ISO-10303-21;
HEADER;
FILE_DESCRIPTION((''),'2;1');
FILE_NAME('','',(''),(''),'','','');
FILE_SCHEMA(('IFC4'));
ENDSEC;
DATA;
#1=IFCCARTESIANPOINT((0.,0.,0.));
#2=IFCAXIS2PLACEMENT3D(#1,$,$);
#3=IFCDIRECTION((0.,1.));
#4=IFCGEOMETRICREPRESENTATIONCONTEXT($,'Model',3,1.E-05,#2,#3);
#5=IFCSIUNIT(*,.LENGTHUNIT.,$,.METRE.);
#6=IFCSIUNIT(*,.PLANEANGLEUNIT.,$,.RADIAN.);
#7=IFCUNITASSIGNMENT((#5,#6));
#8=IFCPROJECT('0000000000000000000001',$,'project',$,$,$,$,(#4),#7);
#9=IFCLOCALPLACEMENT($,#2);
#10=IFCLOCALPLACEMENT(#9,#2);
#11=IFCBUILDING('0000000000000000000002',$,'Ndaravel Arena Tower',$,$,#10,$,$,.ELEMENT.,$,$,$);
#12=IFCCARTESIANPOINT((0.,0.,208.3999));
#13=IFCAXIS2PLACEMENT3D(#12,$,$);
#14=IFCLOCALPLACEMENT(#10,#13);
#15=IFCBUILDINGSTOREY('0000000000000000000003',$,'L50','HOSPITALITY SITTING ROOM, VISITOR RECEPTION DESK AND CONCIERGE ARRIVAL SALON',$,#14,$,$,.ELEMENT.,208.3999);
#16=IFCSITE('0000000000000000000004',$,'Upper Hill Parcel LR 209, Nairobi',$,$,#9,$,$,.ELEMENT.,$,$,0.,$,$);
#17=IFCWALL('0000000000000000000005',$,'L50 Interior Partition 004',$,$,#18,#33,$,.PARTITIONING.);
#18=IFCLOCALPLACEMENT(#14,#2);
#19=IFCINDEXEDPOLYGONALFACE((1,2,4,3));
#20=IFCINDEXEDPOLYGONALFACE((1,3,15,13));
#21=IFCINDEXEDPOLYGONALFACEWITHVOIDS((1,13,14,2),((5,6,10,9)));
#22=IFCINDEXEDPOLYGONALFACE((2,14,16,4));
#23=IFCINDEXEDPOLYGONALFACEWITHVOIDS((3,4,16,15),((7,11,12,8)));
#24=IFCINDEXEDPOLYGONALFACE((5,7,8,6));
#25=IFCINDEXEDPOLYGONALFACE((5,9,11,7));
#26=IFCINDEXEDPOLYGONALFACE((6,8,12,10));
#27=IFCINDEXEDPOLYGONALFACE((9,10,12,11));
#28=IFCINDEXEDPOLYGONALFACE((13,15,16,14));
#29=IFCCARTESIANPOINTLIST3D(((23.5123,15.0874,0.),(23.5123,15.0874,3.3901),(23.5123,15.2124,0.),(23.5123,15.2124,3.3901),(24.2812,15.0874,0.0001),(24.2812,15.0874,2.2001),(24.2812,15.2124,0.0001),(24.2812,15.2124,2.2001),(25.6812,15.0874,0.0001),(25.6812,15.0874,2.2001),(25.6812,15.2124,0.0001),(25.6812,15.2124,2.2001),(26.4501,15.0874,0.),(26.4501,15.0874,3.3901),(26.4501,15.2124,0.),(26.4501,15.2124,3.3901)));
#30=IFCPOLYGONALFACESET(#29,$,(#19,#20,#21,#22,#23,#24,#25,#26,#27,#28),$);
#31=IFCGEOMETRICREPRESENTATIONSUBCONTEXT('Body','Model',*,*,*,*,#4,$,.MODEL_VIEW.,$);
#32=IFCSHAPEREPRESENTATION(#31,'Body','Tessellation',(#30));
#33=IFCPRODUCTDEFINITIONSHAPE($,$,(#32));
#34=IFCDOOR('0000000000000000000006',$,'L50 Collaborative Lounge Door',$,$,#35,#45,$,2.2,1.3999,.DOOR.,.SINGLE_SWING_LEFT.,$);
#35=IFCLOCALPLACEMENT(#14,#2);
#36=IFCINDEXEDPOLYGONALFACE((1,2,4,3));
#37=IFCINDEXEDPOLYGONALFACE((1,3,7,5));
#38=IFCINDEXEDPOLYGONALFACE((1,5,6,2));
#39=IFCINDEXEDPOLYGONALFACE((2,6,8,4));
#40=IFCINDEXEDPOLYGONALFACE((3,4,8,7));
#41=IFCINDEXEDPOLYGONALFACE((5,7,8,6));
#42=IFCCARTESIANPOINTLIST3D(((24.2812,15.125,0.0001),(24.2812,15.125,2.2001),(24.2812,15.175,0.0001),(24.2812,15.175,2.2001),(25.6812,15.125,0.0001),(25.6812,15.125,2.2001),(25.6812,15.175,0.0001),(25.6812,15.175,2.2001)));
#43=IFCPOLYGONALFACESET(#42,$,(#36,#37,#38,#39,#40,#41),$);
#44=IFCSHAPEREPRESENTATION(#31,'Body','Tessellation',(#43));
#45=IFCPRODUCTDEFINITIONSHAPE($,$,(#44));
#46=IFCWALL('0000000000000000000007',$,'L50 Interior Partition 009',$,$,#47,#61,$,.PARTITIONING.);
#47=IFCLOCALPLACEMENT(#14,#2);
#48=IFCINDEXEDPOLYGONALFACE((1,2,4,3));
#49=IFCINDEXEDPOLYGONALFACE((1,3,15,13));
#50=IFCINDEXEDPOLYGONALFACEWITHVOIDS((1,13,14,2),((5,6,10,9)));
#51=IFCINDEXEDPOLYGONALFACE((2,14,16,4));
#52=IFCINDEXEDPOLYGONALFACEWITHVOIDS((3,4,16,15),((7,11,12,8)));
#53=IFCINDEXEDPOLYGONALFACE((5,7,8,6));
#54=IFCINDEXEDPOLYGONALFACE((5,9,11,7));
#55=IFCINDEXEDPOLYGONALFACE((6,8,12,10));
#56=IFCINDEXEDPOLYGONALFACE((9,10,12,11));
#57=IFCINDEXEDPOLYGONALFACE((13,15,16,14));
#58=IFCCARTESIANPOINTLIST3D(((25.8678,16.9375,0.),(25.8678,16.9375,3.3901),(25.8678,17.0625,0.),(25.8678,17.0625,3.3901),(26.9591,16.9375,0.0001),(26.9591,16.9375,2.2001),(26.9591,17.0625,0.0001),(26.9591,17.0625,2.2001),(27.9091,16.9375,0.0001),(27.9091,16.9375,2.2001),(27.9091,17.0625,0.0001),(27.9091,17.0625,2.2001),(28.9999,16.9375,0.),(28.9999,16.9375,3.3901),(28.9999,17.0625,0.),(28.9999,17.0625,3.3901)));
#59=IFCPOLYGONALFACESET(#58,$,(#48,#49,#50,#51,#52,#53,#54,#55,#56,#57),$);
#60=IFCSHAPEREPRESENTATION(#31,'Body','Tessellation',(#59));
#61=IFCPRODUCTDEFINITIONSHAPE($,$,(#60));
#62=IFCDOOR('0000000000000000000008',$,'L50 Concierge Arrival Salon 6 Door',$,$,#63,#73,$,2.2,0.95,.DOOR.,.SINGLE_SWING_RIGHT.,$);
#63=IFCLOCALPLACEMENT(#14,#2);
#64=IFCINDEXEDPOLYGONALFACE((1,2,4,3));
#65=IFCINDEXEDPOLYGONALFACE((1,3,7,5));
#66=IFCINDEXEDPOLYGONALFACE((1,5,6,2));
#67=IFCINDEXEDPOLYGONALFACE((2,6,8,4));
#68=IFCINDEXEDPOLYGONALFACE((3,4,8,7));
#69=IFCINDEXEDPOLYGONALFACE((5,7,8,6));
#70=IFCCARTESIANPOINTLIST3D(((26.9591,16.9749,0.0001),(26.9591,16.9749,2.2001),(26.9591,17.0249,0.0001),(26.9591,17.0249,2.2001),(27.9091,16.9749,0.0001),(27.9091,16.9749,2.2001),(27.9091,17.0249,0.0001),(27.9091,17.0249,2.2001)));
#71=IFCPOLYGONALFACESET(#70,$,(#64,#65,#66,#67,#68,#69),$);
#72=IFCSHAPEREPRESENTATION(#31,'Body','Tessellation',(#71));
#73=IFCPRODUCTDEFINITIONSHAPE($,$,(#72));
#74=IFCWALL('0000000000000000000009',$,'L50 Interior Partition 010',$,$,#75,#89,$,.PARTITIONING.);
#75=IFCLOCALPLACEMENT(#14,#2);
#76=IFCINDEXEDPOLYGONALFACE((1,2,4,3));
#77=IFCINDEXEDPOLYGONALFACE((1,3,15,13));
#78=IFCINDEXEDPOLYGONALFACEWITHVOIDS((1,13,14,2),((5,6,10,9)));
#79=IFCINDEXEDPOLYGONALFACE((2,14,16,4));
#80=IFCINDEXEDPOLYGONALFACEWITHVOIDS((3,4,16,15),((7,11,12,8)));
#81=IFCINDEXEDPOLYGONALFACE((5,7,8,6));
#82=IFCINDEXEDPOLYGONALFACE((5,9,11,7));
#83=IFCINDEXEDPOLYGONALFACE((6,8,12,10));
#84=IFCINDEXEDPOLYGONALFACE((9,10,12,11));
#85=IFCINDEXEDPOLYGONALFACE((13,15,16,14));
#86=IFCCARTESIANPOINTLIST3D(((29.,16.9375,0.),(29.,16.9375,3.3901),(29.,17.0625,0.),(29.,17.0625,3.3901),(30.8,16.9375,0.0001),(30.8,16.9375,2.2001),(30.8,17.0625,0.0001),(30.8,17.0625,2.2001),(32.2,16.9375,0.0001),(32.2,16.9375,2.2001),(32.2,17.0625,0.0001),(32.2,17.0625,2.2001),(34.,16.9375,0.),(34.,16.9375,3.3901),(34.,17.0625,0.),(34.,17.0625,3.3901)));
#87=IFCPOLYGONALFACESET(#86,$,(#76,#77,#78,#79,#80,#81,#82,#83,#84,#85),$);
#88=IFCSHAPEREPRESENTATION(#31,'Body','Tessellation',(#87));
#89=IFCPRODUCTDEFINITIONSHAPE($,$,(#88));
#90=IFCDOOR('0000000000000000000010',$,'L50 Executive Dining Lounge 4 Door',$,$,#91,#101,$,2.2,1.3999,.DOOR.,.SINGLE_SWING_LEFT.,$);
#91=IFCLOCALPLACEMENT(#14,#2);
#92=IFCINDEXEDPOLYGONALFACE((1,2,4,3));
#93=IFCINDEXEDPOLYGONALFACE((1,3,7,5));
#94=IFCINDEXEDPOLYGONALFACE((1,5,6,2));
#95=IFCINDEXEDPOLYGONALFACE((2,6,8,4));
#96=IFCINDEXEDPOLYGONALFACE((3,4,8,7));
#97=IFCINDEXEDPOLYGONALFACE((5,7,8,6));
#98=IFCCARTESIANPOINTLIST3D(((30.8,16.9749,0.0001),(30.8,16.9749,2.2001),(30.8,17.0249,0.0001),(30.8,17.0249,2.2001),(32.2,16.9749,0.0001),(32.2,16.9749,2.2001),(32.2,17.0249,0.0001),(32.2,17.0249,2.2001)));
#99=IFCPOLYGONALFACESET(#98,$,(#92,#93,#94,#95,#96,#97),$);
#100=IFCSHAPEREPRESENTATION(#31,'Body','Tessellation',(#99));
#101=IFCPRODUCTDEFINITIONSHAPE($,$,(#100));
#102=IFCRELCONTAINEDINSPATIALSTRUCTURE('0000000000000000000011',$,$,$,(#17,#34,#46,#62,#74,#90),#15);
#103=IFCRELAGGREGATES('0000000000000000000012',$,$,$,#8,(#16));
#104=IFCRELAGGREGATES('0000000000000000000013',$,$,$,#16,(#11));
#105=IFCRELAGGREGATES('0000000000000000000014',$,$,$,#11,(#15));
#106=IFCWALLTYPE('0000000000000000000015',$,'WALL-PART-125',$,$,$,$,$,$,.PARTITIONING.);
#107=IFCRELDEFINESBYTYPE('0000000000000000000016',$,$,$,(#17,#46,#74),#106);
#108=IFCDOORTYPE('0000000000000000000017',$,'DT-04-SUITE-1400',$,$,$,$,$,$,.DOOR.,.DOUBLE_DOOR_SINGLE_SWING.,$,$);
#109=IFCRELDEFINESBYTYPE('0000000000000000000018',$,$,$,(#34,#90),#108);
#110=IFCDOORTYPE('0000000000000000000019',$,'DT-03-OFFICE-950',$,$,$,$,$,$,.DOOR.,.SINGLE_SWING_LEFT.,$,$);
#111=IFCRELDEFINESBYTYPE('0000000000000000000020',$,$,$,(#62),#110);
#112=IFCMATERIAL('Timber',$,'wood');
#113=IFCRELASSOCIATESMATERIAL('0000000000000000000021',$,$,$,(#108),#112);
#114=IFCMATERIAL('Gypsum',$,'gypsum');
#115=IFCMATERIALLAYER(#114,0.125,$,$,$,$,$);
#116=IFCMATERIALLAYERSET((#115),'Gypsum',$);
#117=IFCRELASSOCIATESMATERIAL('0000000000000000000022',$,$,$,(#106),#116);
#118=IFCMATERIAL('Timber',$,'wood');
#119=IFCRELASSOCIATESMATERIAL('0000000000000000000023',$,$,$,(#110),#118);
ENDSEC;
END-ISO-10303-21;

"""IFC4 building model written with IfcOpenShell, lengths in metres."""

from ifc_helpers import new_model, si_unit, direction, frame, frame_2d, origin, place, context, subcontext, project, spatial, rectangle, extrude, material, layer, layer_set, type_object, element, fill, save


model = new_model("IFC4")

# Units and contexts
model_context = context("Model", 3, precision=1e-05, world=origin(), true_north=direction((0.0, 1.0)))
body_context = subcontext(model_context, "Body", "Model", "MODEL_VIEW")
ifc_project = project(units=[si_unit("LENGTHUNIT", "METRE"), si_unit("PLANEANGLEUNIT", "RADIAN")], contexts=[model_context])

# Site, building, storey
site_placement = place(None, origin())
site = spatial("IfcSite", under=ifc_project, at=site_placement, Name="Upper Hill Parcel LR 209, Nairobi", CompositionType="ELEMENT", RefElevation=0.0)
building_placement = place(site_placement, origin())
building = spatial("IfcBuilding", under=site, at=building_placement, Name="Ndaravel Arena Tower", CompositionType="ELEMENT")
storey_placement = place(building_placement, frame((0.0, 0.0, 208.3999)))
storey = spatial("IfcBuildingStorey", under=building, at=storey_placement, Name="L50", Description="HOSPITALITY SITTING ROOM, VISITOR RECEPTION DESK AND CONCIERGE ARRIVAL SALON", CompositionType="ELEMENT", Elevation=208.3999)

# Shared definitions
ifc_material_1 = material(Name="Timber", Category="wood")
door_type_1 = type_object("IfcDoorType", Name="DT-04-SUITE-1400", OperationType="DOUBLE_DOOR_SINGLE_SWING", PredefinedType="DOOR", material=ifc_material_1)

# Walls, openings, doors
ifc_material_2 = material(Name="Gypsum", Category="gypsum")
ifc_layer_1 = layer(ifc_material_2, 0.125)
ifc_layer_set_1 = layer_set([ifc_layer_1], Name="Gypsum")
wall_type_1 = type_object("IfcWallType", Name="WALL-PART-125", PredefinedType="PARTITIONING", material=ifc_layer_set_1)
wall_1_placement = place(storey_placement, frame((26.45, 15.1499, 0.0), z_axis=(0.0, 0.0, 1.0), x_axis=(-1.0, 0.0, 0.0)))
wall_1 = element("IfcWall", 1, at=wall_1_placement, inside=storey, type_object=wall_type_1, Name="L50 Interior Partition 004", PredefinedType="PARTITIONING", context=body_context, shape_type="SweptSolid", body=[
    extrude(rectangle(XDim=2.9377, YDim=0.125, at=frame_2d((1.4688, 0.0))), origin(), (0.0, 0.0, 1.0), 3.3901),
])
opening_1_placement = place(wall_1_placement, frame((0.7688, 0.0, 0.0)))
opening_1 = element("IfcOpeningElement", 2, at=opening_1_placement, cuts=wall_1, PredefinedType="OPENING", context=body_context, shape_type="SweptSolid", body=[
    extrude(rectangle(XDim=1.3999, YDim=2.2, at=frame_2d((0.7, 1.1001))), frame((0.0, 0.0625, 0.0), z_axis=(0.0, -1.0, 0.0), x_axis=(1.0, 0.0, 0.0)), (0.0, 0.0, 1.0), 0.125),
])
door_1_placement = place(opening_1_placement, origin())
door_1 = element("IfcDoor", 3, at=door_1_placement, inside=storey, type_object=door_type_1, Name="L50 Collaborative Lounge Door", OperationType="SINGLE_SWING_LEFT", OverallHeight=2.2, OverallWidth=1.3999, PredefinedType="DOOR", context=body_context, shape_type="SweptSolid", body=[
    extrude(rectangle(XDim=1.3999, YDim=2.2, at=frame_2d((0.7, 1.1001))), frame((0.0, 0.0249, 0.0), z_axis=(0.0, -1.0, 0.0), x_axis=(1.0, 0.0, 0.0)), (0.0, 0.0, 1.0), 0.05),
])
fill(opening_1, door_1)
wall_2_placement = place(storey_placement, frame((25.8679, 17.0, 0.0), z_axis=(0.0, 0.0, 1.0), x_axis=(1.0, 0.0, 0.0)))
wall_2 = element("IfcWall", 4, at=wall_2_placement, inside=storey, type_object=wall_type_1, Name="L50 Interior Partition 009", PredefinedType="PARTITIONING", context=body_context, shape_type="SweptSolid", body=[
    extrude(rectangle(XDim=3.1321, YDim=0.125, at=frame_2d((1.5659, 0.0))), origin(), (0.0, 0.0, 1.0), 3.3901),
])
opening_2_placement = place(wall_2_placement, frame((1.0911, 0.0, 0.0)))
opening_2 = element("IfcOpeningElement", 5, at=opening_2_placement, cuts=wall_2, PredefinedType="OPENING", context=body_context, shape_type="SweptSolid", body=[
    extrude(rectangle(XDim=0.95, YDim=2.2, at=frame_2d((0.4751, 1.1001))), frame((0.0, 0.0625, 0.0), z_axis=(0.0, -1.0, 0.0), x_axis=(1.0, 0.0, 0.0)), (0.0, 0.0, 1.0), 0.125),
])
ifc_material_3 = material(Name="Timber", Category="wood")
door_type_2 = type_object("IfcDoorType", Name="DT-03-OFFICE-950", OperationType="SINGLE_SWING_LEFT", PredefinedType="DOOR", material=ifc_material_3)
door_2_placement = place(opening_2_placement, origin())
door_2 = element("IfcDoor", 6, at=door_2_placement, inside=storey, type_object=door_type_2, Name="L50 Concierge Arrival Salon 6 Door", OperationType="SINGLE_SWING_RIGHT", OverallHeight=2.2, OverallWidth=0.95, PredefinedType="DOOR", context=body_context, shape_type="SweptSolid", body=[
    extrude(rectangle(XDim=0.95, YDim=2.2, at=frame_2d((0.4751, 1.1001))), frame((0.0, 0.0249, 0.0), z_axis=(0.0, -1.0, 0.0), x_axis=(1.0, 0.0, 0.0)), (0.0, 0.0, 1.0), 0.05),
])
fill(opening_2, door_2)
wall_3_placement = place(storey_placement, frame((29.0, 17.0, 0.0), z_axis=(0.0, 0.0, 1.0), x_axis=(1.0, 0.0, 0.0)))
wall_3 = element("IfcWall", 7, at=wall_3_placement, inside=storey, type_object=wall_type_1, Name="L50 Interior Partition 010", PredefinedType="PARTITIONING", context=body_context, shape_type="SweptSolid", body=[
    extrude(rectangle(XDim=5.0, YDim=0.125, at=frame_2d((2.5, 0.0))), origin(), (0.0, 0.0, 1.0), 3.3901),
])
opening_3_placement = place(wall_3_placement, frame((1.8, 0.0, 0.0)))
opening_3 = element("IfcOpeningElement", 8, at=opening_3_placement, cuts=wall_3, PredefinedType="OPENING", context=body_context, shape_type="SweptSolid", body=[
    extrude(rectangle(XDim=1.3999, YDim=2.2, at=frame_2d((0.7, 1.1001))), frame((0.0, 0.0625, 0.0), z_axis=(0.0, -1.0, 0.0), x_axis=(1.0, 0.0, 0.0)), (0.0, 0.0, 1.0), 0.125),
])
door_3_placement = place(opening_3_placement, origin())
door_3 = element("IfcDoor", 9, at=door_3_placement, inside=storey, type_object=door_type_1, Name="L50 Executive Dining Lounge 4 Door", OperationType="SINGLE_SWING_LEFT", OverallHeight=2.2, OverallWidth=1.3999, PredefinedType="DOOR", context=body_context, shape_type="SweptSolid", body=[
    extrude(rectangle(XDim=1.3999, YDim=2.2, at=frame_2d((0.7, 1.1001))), frame((0.0, 0.0249, 0.0), z_axis=(0.0, -1.0, 0.0), x_axis=(1.0, 0.0, 0.0)), (0.0, 0.0, 1.0), 0.05),
])
fill(opening_3, door_3)

save(model, "model.ifc")
